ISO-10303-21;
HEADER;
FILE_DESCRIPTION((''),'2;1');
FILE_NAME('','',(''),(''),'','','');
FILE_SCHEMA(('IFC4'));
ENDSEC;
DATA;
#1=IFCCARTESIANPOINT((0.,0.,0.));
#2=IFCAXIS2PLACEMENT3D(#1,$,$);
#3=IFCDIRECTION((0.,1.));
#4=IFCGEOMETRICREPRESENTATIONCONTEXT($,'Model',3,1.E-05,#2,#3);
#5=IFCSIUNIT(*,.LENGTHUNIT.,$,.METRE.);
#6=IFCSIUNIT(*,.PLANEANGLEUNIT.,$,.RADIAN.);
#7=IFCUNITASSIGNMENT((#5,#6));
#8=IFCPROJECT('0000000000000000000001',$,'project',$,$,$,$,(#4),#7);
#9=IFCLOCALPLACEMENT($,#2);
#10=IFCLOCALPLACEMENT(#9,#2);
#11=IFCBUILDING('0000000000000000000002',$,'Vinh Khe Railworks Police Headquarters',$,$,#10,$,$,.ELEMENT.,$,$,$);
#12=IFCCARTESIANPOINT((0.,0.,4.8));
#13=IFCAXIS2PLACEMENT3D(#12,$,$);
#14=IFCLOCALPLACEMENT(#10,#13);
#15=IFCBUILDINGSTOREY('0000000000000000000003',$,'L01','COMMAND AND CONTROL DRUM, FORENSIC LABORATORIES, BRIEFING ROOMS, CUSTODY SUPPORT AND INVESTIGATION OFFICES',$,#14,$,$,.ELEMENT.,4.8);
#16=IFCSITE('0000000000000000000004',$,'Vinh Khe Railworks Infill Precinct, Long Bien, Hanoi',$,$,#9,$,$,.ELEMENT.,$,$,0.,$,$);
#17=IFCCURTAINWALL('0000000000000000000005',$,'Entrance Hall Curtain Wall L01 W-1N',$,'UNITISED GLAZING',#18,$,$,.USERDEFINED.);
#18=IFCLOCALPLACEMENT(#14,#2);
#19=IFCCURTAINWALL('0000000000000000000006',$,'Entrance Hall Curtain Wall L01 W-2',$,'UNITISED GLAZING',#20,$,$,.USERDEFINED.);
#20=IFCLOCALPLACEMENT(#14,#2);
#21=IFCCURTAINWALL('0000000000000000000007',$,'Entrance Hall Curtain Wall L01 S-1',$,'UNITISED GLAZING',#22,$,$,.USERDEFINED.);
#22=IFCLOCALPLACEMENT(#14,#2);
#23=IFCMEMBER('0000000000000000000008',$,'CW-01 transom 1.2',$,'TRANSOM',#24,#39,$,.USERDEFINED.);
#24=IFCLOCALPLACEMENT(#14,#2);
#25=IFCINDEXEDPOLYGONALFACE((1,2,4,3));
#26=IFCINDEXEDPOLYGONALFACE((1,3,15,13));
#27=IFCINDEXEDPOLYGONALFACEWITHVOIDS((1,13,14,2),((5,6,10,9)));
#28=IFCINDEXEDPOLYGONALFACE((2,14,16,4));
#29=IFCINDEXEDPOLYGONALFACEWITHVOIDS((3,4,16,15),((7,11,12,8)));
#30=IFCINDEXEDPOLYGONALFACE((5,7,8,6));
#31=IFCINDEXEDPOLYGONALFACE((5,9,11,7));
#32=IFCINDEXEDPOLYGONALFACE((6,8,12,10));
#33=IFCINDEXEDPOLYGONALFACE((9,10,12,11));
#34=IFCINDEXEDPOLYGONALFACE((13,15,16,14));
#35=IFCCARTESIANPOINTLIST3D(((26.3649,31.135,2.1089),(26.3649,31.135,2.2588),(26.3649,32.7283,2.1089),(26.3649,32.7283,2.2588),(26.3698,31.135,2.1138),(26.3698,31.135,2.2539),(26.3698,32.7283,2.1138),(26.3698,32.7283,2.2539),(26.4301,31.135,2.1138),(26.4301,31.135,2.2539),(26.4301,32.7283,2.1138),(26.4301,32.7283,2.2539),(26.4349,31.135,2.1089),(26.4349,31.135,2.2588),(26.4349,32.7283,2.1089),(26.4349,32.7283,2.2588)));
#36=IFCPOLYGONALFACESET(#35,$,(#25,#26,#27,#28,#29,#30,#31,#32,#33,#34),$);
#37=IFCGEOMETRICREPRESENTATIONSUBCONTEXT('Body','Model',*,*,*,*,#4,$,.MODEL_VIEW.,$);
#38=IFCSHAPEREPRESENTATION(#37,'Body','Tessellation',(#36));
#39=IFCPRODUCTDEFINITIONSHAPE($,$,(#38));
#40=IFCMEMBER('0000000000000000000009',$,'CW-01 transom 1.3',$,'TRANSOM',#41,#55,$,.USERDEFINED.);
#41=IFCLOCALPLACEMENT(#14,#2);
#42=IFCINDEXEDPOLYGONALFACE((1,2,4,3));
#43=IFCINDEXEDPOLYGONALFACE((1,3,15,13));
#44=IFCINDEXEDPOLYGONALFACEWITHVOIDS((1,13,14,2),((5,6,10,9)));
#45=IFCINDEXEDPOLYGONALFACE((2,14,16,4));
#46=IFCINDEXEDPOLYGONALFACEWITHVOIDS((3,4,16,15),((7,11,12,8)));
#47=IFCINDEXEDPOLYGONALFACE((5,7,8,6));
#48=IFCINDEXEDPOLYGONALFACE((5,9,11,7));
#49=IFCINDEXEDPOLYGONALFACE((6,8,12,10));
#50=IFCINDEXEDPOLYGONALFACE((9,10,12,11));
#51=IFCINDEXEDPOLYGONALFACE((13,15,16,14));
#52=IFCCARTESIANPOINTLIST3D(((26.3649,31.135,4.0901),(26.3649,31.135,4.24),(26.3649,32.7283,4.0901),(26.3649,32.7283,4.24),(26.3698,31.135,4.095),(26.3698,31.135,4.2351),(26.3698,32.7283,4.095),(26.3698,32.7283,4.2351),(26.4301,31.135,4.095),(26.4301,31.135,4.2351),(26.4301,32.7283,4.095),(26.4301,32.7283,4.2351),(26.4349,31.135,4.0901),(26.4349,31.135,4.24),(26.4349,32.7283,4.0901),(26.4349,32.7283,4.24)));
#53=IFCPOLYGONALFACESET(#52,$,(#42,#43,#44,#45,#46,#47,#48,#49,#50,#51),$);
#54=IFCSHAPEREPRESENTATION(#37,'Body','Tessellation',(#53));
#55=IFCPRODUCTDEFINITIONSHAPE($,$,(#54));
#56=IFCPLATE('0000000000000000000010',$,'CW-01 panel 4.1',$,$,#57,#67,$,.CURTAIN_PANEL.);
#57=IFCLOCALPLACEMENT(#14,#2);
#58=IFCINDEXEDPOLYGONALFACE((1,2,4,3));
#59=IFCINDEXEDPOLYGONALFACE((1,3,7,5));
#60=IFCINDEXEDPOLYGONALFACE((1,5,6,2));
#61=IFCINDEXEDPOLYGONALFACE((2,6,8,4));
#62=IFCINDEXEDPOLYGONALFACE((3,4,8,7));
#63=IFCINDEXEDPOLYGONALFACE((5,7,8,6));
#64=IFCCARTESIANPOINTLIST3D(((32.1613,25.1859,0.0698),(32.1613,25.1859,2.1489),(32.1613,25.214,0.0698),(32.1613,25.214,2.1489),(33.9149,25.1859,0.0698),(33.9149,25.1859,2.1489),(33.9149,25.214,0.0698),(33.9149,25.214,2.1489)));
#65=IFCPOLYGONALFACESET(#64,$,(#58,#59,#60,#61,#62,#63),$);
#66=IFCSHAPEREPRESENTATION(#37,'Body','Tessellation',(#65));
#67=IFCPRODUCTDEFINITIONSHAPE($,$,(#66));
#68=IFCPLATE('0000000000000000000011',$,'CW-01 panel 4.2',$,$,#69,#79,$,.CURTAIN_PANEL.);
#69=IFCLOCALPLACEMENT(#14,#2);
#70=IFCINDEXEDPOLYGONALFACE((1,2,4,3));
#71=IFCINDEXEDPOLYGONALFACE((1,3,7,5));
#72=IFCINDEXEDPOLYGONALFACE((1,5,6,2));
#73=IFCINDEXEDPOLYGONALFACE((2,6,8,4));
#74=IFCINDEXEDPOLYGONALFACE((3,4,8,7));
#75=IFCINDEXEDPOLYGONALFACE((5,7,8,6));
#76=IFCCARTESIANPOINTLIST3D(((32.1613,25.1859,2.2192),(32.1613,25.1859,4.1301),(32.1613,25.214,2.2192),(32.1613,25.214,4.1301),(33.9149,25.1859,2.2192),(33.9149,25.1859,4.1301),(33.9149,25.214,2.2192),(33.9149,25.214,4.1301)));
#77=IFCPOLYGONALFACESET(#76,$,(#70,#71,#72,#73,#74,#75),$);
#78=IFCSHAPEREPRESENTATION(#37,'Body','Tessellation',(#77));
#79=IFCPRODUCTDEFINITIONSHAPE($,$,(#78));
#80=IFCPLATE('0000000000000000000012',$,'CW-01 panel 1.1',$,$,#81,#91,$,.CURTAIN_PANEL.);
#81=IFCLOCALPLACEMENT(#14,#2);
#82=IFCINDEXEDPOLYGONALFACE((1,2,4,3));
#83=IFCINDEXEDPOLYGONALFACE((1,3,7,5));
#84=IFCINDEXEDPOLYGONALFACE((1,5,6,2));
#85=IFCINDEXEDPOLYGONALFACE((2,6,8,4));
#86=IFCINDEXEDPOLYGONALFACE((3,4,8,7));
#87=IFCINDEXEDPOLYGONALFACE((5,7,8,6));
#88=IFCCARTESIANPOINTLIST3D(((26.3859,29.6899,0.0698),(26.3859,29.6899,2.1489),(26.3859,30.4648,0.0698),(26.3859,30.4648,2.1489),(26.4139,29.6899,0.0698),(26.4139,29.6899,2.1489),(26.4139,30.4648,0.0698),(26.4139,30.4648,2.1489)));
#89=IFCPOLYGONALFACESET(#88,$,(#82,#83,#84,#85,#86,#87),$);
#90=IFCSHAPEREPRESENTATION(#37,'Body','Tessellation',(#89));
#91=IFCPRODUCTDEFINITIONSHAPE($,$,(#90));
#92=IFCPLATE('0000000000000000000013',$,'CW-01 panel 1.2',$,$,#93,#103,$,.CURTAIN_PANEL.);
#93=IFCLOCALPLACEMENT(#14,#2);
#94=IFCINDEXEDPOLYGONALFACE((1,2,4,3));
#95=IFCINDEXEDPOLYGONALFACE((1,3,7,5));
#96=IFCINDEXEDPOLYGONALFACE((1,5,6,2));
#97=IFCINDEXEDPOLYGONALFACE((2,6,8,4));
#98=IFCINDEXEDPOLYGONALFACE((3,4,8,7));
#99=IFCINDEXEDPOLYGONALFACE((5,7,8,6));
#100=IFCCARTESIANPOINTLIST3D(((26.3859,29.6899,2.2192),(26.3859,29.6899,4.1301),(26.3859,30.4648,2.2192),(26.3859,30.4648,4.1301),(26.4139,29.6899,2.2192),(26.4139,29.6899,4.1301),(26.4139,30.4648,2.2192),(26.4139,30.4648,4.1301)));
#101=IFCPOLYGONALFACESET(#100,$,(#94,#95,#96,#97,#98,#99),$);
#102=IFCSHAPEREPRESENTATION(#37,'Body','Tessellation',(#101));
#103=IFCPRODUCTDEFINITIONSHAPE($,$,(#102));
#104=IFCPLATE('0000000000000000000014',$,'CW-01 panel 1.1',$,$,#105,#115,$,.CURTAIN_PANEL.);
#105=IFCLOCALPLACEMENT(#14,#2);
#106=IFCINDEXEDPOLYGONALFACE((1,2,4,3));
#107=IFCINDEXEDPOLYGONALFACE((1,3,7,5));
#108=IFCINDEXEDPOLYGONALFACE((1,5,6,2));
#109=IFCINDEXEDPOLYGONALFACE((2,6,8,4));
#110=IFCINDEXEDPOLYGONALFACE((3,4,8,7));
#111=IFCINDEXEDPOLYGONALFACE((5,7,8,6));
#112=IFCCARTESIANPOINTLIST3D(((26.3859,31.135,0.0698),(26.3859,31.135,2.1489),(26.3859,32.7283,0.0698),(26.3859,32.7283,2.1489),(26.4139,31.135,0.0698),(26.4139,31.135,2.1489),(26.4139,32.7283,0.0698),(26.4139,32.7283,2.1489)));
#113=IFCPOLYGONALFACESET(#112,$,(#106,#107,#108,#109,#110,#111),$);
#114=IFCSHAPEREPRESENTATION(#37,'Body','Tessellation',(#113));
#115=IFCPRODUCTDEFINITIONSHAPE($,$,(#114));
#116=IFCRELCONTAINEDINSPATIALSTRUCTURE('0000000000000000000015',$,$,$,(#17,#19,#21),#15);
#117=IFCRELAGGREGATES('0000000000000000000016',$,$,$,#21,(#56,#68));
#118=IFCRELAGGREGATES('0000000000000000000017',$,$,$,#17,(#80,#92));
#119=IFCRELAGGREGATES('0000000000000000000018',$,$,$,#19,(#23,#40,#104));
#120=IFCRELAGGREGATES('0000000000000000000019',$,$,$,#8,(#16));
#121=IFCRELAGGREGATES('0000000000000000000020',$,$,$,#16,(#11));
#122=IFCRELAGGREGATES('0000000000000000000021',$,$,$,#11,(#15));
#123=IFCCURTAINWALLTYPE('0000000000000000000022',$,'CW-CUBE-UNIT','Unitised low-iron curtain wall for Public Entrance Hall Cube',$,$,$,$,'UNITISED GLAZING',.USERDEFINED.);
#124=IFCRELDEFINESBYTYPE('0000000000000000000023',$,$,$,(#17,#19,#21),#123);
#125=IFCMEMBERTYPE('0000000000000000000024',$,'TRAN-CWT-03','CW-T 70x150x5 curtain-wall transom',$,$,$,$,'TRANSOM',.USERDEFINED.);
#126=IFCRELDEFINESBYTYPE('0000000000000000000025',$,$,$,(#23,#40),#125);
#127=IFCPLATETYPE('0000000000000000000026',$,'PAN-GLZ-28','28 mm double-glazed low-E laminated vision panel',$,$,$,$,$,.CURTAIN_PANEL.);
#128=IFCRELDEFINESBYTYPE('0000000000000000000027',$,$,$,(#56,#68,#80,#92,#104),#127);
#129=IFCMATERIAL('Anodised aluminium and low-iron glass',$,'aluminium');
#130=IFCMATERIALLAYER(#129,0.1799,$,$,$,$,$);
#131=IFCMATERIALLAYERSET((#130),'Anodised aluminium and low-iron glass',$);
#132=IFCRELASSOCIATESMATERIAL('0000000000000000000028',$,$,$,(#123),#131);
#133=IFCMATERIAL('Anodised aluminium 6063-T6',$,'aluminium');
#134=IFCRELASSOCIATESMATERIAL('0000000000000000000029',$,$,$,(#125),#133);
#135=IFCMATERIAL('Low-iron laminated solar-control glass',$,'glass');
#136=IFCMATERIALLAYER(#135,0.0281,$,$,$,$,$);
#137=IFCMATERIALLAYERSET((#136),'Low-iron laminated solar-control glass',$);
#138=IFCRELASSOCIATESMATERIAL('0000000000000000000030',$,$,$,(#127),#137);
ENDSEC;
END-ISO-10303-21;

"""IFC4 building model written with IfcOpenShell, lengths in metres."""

from ifc_helpers import new_model, si_unit, direction, frame, origin, origin_2d, place, context, subcontext, project, spatial, rectangle, hollow_rectangle, extrude, material, layer, layer_set, material_profile, profile_set, type_object, element, aggregate, save


model = new_model("IFC4")

# Units and contexts
model_context = context("Model", 3, precision=1e-05, world=origin(), true_north=direction((0.0, 1.0)))
body_context = subcontext(model_context, "Body", "Model", "MODEL_VIEW")
ifc_project = project(units=[si_unit("LENGTHUNIT", "METRE"), si_unit("PLANEANGLEUNIT", "RADIAN")], contexts=[model_context])

# Site, building, storey
site_placement = place(None, origin())
site = spatial("IfcSite", under=ifc_project, at=site_placement, Name="Vinh Khe Railworks Infill Precinct, Long Bien, Hanoi", CompositionType="ELEMENT", RefElevation=0.0)
building_placement = place(site_placement, origin())
building = spatial("IfcBuilding", under=site, at=building_placement, Name="Vinh Khe Railworks Police Headquarters", CompositionType="ELEMENT")
storey_placement = place(building_placement, frame((0.0, 0.0, 4.8)))
storey = spatial("IfcBuildingStorey", under=building, at=storey_placement, Name="L01", Description="COMMAND AND CONTROL DRUM, FORENSIC LABORATORIES, BRIEFING ROOMS, CUSTODY SUPPORT AND INVESTIGATION OFFICES", CompositionType="ELEMENT", Elevation=4.8)

# Curtain walls
ifc_material_1 = material(Name="Anodised aluminium and low-iron glass", Category="aluminium")
ifc_layer_1 = layer(ifc_material_1, 0.1799)
ifc_layer_set_1 = layer_set([ifc_layer_1], Name="Anodised aluminium and low-iron glass")
curtain_wall_type = type_object("IfcCurtainWallType", Name="CW-CUBE-UNIT", Description="Unitised low-iron curtain wall for Public Entrance Hall Cube", ElementType="UNITISED GLAZING", PredefinedType="USERDEFINED", material=ifc_layer_set_1)
curtain_wall_1_placement = place(storey_placement, origin())
curtain_wall_1 = element("IfcCurtainWall", 1, at=curtain_wall_1_placement, inside=storey, type_object=curtain_wall_type, Name="Entrance Hall Curtain Wall L01 W-1N", ObjectType="UNITISED GLAZING", PredefinedType="USERDEFINED")
ifc_material_2 = material(Name="Anodised aluminium 6063-T6", Category="aluminium")
curtain_wall_2_placement = place(storey_placement, origin())
curtain_wall_2 = element("IfcCurtainWall", 2, at=curtain_wall_2_placement, inside=storey, type_object=curtain_wall_type, Name="Entrance Hall Curtain Wall L01 W-2", ObjectType="UNITISED GLAZING", PredefinedType="USERDEFINED")

# Curtain wall
curtain_wall_3_placement = place(storey_placement, origin())
curtain_wall_3 = element("IfcCurtainWall", 3, at=curtain_wall_3_placement, inside=storey, type_object=curtain_wall_type, Name="Entrance Hall Curtain Wall L01 S-1", ObjectType="UNITISED GLAZING", PredefinedType="USERDEFINED")
ifc_material_profile_1 = material_profile(ifc_material_2, hollow_rectangle(XDim=0.0701, YDim=0.1499, WallThickness=0.0049, at=origin_2d()), Name="CW-T 70x150x5")
ifc_profile_set_1 = profile_set([ifc_material_profile_1], Name="Anodised aluminium 6063-T6")
member_type_1 = type_object("IfcMemberType", Name="TRAN-CWT-03", Description="CW-T 70x150x5 curtain-wall transom", ElementType="TRANSOM", PredefinedType="USERDEFINED", material=ifc_profile_set_1)

# Members
member_1_placement = place(storey_placement, frame((26.3999, 31.135, 2.1838), z_axis=(0.0, 1.0, 0.0), x_axis=(-1.0, 0.0, 0.0)))
member_1 = element("IfcMember", 4, at=member_1_placement, type_object=member_type_1, Name="CW-01 transom 1.2", ObjectType="TRANSOM", PredefinedType="USERDEFINED", context=body_context, shape_type="SweptSolid", body=[
    extrude(hollow_rectangle(XDim=0.0701, YDim=0.1499, WallThickness=0.0049, at=origin_2d()), origin(), (0.0, 0.0, 1.0), 1.5933),
])
member_2_placement = place(storey_placement, frame((26.3999, 31.135, 4.165), z_axis=(0.0, 1.0, 0.0), x_axis=(-1.0, 0.0, 0.0)))
member_2 = element("IfcMember", 5, at=member_2_placement, type_object=member_type_1, Name="CW-01 transom 1.3", ObjectType="TRANSOM", PredefinedType="USERDEFINED", context=body_context, shape_type="SweptSolid", body=[
    extrude(hollow_rectangle(XDim=0.0701, YDim=0.1499, WallThickness=0.0049, at=origin_2d()), origin(), (0.0, 0.0, 1.0), 1.5933),
])

# Plates
ifc_material_3 = material(Name="Low-iron laminated solar-control glass", Category="glass")
ifc_layer_2 = layer(ifc_material_3, 0.0281)
ifc_layer_set_2 = layer_set([ifc_layer_2], Name="Low-iron laminated solar-control glass")
plate_type = type_object("IfcPlateType", Name="PAN-GLZ-28", Description="28 mm double-glazed low-E laminated vision panel", PredefinedType="CURTAIN_PANEL", material=ifc_layer_set_2)
plate_1_placement = place(storey_placement, frame((33.0381, 25.2, 0.0698), z_axis=(0.0, 0.0, 1.0), x_axis=(1.0, 0.0, 0.0)))
plate_1 = element("IfcPlate", 6, at=plate_1_placement, type_object=plate_type, Name="CW-01 panel 4.1", PredefinedType="CURTAIN_PANEL", context=body_context, shape_type="SweptSolid", body=[
    extrude(rectangle(XDim=1.7537, YDim=0.0281, at=origin_2d()), origin(), (0.0, 0.0, 1.0), 2.0791),
])
plate_2_placement = place(storey_placement, frame((33.0381, 25.2, 2.2192), z_axis=(0.0, 0.0, 1.0), x_axis=(1.0, 0.0, 0.0)))
plate_2 = element("IfcPlate", 7, at=plate_2_placement, type_object=plate_type, Name="CW-01 panel 4.2", PredefinedType="CURTAIN_PANEL", context=body_context, shape_type="SweptSolid", body=[
    extrude(rectangle(XDim=1.7537, YDim=0.0281, at=origin_2d()), origin(), (0.0, 0.0, 1.0), 1.9109),
])
aggregate(curtain_wall_3, [plate_1, plate_2])
plate_3_placement = place(storey_placement, frame((26.3999, 30.0774, 0.0698), z_axis=(0.0, 0.0, 1.0), x_axis=(0.0, 1.0, 0.0)))
plate_3 = element("IfcPlate", 8, at=plate_3_placement, type_object=plate_type, Name="CW-01 panel 1.1", PredefinedType="CURTAIN_PANEL", context=body_context, shape_type="SweptSolid", body=[
    extrude(rectangle(XDim=0.7749, YDim=0.0281, at=origin_2d()), origin(), (0.0, 0.0, 1.0), 2.0791),
])
plate_4_placement = place(storey_placement, frame((26.3999, 30.0774, 2.2192), z_axis=(0.0, 0.0, 1.0), x_axis=(0.0, 1.0, 0.0)))
plate_4 = element("IfcPlate", 9, at=plate_4_placement, type_object=plate_type, Name="CW-01 panel 1.2", PredefinedType="CURTAIN_PANEL", context=body_context, shape_type="SweptSolid", body=[
    extrude(rectangle(XDim=0.7749, YDim=0.0281, at=origin_2d()), origin(), (0.0, 0.0, 1.0), 1.9109),
])
aggregate(curtain_wall_1, [plate_3, plate_4])
plate_5_placement = place(storey_placement, frame((26.3999, 31.9316, 0.0698), z_axis=(0.0, 0.0, 1.0), x_axis=(0.0, 1.0, 0.0)))
plate_5 = element("IfcPlate", 10, at=plate_5_placement, type_object=plate_type, Name="CW-01 panel 1.1", PredefinedType="CURTAIN_PANEL", context=body_context, shape_type="SweptSolid", body=[
    extrude(rectangle(XDim=1.5933, YDim=0.0281, at=origin_2d()), origin(), (0.0, 0.0, 1.0), 2.0791),
])
aggregate(curtain_wall_2, [member_1, member_2, plate_5])

save(model, "model.ifc")
